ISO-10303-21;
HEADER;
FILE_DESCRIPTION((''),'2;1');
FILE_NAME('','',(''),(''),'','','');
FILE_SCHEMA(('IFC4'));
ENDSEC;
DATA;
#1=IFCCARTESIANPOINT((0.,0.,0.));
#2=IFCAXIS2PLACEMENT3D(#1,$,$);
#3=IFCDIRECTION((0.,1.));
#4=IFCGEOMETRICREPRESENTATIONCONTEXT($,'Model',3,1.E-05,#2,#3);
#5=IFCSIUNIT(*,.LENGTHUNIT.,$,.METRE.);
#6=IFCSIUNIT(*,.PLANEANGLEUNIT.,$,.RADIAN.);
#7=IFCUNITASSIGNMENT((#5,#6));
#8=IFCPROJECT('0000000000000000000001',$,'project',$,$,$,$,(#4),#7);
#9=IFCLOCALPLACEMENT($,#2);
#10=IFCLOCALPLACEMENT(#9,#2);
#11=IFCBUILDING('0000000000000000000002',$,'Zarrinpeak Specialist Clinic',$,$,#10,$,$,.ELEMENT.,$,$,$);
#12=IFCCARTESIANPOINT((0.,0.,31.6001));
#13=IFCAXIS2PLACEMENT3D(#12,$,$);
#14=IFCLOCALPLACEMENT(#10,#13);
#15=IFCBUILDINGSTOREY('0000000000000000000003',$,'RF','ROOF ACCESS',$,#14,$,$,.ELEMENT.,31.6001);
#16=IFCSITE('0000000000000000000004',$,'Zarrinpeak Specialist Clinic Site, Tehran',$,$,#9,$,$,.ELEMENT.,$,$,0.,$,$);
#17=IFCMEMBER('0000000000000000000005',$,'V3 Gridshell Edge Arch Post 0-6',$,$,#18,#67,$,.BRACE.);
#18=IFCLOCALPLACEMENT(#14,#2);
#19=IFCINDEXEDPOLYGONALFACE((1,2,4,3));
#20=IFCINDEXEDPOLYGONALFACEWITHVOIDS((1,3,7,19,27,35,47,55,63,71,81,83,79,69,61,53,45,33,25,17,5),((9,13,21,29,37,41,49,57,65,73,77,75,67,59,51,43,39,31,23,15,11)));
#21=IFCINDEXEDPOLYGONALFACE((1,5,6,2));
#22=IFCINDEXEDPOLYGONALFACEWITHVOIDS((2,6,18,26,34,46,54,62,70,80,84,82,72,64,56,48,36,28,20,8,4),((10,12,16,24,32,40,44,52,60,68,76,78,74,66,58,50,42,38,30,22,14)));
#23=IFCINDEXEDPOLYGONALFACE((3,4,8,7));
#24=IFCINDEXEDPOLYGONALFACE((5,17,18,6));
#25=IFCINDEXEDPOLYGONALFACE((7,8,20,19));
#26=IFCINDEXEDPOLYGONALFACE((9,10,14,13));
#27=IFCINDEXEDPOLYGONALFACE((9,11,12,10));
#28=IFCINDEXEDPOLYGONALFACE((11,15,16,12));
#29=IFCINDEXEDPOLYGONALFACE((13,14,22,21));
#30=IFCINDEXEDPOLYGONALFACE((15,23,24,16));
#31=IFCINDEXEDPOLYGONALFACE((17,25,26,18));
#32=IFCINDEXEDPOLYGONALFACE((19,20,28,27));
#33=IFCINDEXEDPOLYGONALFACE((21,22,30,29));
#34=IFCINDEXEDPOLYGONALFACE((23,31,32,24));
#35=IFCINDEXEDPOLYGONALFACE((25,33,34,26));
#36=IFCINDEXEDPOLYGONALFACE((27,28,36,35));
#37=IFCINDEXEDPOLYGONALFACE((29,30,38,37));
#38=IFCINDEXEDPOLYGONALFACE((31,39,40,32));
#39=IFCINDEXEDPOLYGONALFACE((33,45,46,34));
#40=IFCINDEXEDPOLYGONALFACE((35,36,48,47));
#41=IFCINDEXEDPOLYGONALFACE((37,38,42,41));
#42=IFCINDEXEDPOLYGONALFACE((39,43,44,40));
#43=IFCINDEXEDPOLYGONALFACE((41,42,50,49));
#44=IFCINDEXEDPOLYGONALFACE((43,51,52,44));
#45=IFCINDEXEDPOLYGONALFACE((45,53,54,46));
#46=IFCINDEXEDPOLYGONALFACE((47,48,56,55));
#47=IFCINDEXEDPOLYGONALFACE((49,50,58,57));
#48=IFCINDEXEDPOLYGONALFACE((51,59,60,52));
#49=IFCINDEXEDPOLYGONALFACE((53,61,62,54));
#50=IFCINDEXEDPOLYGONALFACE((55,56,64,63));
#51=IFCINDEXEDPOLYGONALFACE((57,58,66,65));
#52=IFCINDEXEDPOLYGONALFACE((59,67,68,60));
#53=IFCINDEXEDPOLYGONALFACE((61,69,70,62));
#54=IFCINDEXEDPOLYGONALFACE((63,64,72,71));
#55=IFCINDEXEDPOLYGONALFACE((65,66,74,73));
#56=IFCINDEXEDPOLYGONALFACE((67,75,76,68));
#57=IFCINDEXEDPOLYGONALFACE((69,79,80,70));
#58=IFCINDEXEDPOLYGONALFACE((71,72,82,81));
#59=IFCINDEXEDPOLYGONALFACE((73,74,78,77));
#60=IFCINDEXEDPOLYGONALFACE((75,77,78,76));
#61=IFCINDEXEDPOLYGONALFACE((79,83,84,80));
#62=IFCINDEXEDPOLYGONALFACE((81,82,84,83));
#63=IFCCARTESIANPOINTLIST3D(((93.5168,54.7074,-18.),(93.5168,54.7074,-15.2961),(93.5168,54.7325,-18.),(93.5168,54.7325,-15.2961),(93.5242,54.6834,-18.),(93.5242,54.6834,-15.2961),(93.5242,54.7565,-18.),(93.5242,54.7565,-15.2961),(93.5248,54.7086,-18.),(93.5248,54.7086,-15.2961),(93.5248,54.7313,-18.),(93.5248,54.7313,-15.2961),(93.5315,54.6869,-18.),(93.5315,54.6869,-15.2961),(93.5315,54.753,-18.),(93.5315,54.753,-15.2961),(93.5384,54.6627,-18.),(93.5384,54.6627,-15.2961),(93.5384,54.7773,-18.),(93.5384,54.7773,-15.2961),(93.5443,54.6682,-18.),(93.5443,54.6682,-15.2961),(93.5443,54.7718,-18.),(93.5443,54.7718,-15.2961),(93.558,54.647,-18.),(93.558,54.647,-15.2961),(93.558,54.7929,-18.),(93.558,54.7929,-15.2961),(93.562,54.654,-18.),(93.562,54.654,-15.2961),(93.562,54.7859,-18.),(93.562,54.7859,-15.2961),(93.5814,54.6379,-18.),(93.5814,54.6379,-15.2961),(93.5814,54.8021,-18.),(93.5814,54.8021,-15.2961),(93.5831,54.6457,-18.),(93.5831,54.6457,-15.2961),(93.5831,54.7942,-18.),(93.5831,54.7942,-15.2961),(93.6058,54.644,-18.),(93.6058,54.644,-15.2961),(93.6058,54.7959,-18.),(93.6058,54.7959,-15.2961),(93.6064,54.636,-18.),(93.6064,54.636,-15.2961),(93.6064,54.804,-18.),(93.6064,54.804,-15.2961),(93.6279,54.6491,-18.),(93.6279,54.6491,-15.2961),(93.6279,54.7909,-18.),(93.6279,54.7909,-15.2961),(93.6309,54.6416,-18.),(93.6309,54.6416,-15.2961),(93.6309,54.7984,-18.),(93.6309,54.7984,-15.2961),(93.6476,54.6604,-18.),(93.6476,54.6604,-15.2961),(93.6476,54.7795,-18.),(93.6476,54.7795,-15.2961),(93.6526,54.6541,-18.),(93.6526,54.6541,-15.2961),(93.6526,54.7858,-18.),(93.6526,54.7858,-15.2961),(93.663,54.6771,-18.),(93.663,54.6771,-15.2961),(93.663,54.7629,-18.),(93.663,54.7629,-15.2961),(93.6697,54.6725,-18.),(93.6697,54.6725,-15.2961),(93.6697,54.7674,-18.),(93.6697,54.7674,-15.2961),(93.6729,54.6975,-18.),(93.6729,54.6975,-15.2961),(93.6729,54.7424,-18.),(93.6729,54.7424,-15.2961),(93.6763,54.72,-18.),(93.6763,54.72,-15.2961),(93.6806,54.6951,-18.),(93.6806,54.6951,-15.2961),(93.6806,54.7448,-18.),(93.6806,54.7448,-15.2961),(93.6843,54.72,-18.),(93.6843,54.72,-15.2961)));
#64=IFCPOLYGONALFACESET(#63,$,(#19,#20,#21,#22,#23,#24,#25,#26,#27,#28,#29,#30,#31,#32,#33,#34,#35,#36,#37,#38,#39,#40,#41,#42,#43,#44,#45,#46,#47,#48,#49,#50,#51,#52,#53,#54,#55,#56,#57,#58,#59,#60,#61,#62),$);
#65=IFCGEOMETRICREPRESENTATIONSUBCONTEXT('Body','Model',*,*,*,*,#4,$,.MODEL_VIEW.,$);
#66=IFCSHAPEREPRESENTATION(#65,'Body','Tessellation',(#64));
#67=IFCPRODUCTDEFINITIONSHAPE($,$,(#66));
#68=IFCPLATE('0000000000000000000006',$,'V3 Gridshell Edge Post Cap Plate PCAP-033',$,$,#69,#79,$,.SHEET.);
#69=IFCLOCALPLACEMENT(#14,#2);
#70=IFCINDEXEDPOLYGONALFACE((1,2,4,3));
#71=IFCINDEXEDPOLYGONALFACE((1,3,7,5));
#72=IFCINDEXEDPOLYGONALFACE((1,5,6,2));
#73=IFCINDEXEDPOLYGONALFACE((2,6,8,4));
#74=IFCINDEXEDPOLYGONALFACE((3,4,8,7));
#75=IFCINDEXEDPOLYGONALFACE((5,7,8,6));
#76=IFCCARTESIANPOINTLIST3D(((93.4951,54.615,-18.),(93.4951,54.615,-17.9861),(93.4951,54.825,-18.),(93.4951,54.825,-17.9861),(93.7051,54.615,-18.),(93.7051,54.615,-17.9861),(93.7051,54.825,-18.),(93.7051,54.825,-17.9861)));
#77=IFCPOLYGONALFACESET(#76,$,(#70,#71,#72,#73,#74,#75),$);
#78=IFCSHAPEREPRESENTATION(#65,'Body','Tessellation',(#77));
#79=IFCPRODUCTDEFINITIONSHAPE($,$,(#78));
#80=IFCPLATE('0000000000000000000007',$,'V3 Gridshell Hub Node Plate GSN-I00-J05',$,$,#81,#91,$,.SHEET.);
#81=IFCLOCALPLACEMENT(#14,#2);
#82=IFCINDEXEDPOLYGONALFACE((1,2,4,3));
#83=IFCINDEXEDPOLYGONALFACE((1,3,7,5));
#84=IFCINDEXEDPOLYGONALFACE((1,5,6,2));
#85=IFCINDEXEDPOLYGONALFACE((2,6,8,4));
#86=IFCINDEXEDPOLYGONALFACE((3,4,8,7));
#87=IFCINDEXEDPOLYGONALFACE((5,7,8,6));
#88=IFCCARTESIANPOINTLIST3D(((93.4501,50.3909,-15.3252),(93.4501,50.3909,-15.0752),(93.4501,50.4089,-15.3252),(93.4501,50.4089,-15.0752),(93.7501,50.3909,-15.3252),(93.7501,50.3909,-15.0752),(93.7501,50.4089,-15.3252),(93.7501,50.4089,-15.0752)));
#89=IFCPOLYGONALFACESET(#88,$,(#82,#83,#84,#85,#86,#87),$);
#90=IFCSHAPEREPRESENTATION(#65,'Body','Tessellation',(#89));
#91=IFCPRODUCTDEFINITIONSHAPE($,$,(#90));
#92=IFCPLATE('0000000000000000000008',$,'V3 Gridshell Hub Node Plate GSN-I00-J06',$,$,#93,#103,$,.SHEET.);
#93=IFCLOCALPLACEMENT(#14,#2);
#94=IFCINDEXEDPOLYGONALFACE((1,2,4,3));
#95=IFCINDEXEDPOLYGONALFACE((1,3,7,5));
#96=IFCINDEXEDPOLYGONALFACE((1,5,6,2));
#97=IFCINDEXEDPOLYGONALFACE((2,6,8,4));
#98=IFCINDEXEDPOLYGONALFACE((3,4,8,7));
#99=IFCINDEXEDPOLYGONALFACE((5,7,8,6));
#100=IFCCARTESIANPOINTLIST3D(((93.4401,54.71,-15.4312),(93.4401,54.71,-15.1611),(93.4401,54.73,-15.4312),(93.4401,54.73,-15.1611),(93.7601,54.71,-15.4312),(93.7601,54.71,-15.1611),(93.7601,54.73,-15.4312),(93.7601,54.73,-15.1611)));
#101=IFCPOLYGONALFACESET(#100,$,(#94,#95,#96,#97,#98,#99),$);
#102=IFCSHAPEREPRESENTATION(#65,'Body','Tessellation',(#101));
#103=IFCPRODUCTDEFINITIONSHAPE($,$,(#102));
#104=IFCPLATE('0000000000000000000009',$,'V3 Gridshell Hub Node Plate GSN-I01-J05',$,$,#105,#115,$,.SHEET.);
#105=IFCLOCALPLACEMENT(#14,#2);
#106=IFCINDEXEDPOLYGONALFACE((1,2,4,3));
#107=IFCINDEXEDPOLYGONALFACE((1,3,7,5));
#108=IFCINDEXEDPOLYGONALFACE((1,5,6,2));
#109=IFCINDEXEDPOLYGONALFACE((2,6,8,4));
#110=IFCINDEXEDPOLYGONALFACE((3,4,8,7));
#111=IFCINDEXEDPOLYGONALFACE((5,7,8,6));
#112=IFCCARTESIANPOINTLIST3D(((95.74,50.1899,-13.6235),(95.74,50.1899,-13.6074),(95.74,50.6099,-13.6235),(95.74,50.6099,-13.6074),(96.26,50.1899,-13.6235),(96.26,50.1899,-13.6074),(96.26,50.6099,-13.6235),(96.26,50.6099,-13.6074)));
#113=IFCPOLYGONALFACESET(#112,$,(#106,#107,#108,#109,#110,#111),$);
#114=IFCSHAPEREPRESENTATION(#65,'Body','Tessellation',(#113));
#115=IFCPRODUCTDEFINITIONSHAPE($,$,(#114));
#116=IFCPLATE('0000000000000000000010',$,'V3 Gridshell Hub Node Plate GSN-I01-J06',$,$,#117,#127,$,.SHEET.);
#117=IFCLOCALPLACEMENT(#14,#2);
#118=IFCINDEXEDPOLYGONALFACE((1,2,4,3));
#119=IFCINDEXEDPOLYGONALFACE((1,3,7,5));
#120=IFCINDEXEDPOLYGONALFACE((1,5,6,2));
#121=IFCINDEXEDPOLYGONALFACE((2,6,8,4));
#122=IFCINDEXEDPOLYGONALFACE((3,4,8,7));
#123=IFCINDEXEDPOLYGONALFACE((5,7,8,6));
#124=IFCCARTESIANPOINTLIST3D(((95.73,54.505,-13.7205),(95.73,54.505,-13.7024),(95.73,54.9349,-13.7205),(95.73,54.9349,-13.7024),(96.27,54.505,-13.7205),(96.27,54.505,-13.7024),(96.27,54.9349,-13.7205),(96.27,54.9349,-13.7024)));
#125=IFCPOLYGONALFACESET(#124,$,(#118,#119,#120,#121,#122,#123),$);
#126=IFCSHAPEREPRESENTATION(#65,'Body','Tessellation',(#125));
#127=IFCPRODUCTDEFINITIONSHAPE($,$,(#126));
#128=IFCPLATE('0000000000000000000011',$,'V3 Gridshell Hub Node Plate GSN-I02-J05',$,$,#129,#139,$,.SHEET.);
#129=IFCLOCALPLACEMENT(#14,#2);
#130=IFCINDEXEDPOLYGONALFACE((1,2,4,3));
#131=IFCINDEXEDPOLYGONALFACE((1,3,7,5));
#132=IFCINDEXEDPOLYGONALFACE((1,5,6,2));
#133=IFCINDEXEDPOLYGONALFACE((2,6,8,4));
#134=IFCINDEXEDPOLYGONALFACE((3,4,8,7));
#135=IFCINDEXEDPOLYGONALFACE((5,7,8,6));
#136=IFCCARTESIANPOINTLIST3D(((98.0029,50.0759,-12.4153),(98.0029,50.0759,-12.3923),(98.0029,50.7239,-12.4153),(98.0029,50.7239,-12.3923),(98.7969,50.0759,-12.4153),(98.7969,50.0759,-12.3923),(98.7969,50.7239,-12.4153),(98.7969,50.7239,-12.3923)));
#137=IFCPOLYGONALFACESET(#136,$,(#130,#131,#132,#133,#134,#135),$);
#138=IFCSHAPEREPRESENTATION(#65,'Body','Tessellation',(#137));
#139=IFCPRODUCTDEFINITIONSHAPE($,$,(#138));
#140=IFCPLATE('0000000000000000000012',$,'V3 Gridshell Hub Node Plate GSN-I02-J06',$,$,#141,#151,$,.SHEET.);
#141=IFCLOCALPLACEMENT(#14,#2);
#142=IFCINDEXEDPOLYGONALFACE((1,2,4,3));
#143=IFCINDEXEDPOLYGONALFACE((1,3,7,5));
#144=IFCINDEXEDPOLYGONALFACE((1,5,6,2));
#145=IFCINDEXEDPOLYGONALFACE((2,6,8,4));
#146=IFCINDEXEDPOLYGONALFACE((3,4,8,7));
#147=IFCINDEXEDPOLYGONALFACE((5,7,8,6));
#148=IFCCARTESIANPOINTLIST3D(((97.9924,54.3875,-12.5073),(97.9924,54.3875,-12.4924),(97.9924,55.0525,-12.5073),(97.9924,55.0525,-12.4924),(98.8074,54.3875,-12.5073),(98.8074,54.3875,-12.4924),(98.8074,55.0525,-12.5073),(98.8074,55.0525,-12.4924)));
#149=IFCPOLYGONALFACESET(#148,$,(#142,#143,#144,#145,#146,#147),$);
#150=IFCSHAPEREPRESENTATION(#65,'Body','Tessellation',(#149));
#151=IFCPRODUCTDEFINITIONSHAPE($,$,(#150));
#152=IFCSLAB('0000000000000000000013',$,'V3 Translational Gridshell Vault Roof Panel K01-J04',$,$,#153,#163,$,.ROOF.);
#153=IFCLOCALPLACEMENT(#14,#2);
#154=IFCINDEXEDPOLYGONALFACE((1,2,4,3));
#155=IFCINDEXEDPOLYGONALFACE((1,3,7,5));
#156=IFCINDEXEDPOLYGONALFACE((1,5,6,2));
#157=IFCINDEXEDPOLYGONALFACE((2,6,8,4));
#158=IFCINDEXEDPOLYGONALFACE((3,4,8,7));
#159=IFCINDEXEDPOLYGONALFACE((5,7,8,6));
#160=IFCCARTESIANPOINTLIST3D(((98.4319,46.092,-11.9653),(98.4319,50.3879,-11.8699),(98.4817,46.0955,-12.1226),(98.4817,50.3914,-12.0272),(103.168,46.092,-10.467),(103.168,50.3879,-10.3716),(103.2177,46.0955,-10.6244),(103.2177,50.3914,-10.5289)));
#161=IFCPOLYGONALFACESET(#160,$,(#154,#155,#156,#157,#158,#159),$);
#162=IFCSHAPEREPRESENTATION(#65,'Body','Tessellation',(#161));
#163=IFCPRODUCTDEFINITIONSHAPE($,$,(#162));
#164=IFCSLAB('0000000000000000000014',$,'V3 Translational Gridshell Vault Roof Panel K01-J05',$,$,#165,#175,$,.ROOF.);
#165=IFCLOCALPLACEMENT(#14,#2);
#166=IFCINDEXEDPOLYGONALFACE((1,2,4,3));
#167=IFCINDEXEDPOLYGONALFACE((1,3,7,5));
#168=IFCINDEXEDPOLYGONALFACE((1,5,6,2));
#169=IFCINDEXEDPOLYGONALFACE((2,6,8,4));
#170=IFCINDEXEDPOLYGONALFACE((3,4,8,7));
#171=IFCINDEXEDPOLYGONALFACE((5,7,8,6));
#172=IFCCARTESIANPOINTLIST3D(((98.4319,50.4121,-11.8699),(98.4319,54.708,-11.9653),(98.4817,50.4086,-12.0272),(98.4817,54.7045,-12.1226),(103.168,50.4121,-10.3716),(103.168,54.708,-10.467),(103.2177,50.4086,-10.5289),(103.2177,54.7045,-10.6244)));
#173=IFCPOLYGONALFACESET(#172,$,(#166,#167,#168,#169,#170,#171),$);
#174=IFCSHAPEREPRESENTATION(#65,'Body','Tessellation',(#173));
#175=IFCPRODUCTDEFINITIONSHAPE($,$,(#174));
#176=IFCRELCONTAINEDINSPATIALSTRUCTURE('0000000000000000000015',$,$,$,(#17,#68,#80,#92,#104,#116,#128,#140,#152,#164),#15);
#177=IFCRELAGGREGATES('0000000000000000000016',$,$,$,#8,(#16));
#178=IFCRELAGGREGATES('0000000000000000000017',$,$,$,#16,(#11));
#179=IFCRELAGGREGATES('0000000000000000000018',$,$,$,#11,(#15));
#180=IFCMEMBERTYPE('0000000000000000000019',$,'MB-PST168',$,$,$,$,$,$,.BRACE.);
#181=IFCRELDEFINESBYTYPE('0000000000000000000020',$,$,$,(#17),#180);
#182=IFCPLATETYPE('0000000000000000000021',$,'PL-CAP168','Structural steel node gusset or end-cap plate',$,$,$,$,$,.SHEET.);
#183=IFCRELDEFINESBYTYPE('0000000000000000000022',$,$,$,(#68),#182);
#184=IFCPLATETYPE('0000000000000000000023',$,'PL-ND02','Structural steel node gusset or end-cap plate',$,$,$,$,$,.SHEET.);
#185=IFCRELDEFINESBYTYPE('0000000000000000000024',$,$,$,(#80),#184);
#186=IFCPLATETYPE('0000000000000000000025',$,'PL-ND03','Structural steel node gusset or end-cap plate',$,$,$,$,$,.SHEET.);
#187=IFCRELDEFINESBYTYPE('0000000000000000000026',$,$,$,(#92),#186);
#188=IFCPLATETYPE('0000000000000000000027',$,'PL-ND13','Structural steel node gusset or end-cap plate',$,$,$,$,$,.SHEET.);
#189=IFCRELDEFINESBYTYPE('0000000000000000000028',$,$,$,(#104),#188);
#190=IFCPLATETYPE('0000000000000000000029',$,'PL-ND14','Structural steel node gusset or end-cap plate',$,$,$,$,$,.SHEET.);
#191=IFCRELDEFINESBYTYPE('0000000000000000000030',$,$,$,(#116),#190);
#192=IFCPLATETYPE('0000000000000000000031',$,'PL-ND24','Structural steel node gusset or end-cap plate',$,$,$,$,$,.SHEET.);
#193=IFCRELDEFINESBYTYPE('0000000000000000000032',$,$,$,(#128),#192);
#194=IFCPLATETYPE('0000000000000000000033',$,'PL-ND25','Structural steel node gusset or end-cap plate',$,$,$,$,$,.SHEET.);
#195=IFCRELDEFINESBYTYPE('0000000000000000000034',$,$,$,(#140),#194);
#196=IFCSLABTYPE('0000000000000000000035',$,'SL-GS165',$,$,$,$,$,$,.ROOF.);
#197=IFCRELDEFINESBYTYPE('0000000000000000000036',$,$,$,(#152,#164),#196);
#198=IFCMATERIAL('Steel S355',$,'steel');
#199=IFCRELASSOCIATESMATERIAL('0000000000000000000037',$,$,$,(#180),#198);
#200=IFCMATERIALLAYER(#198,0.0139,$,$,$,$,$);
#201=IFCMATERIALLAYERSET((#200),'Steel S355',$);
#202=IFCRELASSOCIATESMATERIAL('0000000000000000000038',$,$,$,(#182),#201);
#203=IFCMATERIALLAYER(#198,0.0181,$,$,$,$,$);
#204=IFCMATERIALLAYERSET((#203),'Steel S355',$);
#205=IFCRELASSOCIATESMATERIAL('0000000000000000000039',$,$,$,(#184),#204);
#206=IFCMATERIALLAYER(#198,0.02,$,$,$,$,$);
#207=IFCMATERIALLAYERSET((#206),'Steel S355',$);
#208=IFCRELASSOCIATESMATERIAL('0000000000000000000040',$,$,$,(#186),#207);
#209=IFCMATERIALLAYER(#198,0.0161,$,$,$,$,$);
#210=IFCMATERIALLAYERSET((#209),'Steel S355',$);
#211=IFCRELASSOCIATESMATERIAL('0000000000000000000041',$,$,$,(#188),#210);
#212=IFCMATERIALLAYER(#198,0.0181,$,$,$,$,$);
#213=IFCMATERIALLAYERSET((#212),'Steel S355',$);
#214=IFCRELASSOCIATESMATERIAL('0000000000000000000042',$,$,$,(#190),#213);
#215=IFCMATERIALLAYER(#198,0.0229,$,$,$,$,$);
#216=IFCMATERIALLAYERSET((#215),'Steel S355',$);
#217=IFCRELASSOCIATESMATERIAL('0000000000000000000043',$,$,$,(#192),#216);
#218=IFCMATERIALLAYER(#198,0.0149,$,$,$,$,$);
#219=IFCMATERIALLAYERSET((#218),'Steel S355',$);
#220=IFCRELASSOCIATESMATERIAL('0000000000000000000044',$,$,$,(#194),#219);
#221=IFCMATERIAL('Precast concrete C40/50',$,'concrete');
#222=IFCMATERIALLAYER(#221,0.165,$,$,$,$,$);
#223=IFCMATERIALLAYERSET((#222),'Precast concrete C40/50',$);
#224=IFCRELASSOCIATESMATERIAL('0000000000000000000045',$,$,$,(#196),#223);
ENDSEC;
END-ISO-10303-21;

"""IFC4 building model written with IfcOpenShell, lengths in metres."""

from ifc_helpers import new_model, si_unit, direction, frame, origin, origin_2d, place, context, subcontext, project, spatial, polyline, rectangle, hollow_circle, outline, extrude, material, layer, layer_set, material_profile, profile_set, type_object, element, save


model = new_model("IFC4")

# Units and contexts
model_context = context("Model", 3, precision=1e-05, world=origin(), true_north=direction((0.0, 1.0)))
body_context = subcontext(model_context, "Body", "Model", "MODEL_VIEW")
ifc_project = project(units=[si_unit("LENGTHUNIT", "METRE"), si_unit("PLANEANGLEUNIT", "RADIAN")], contexts=[model_context])

# Site, building, storey
site_placement = place(None, origin())
site = spatial("IfcSite", under=ifc_project, at=site_placement, Name="Zarrinpeak Specialist Clinic Site, Tehran", CompositionType="ELEMENT", RefElevation=0.0)
building_placement = place(site_placement, origin())
building = spatial("IfcBuilding", under=site, at=building_placement, Name="Zarrinpeak Specialist Clinic", CompositionType="ELEMENT")
storey_placement = place(building_placement, frame((0.0, 0.0, 31.6001)))
storey = spatial("IfcBuildingStorey", under=building, at=storey_placement, Name="RF", Description="ROOF ACCESS", CompositionType="ELEMENT", Elevation=31.6001)

# Member
ifc_material_1 = material(Name="Steel S355", Category="steel")
ifc_material_profile_1 = material_profile(ifc_material_1, hollow_circle(Radius=0.0842, WallThickness=0.0081, at=origin_2d()), Name="CHS 168.3x8.0")
ifc_profile_set_1 = profile_set([ifc_material_profile_1], Name="Steel S355")
member_type_1 = type_object("IfcMemberType", Name="MB-PST168", PredefinedType="BRACE", material=ifc_profile_set_1)
member_1_placement = place(storey_placement, frame((93.6001, 54.72, -18.0), z_axis=(0.0, 0.0, 1.0), x_axis=(1.0, 0.0, 0.0)))
element("IfcMember", 1, at=member_1_placement, inside=storey, type_object=member_type_1, Name="V3 Gridshell Edge Arch Post 0-6", PredefinedType="BRACE", context=body_context, shape_type="SweptSolid", body=[
    extrude(hollow_circle(Radius=0.0842, WallThickness=0.0081, at=origin_2d()), origin(), (0.0, 0.0, 1.0), 2.7039),
])

# Plates
ifc_layer_1 = layer(ifc_material_1, 0.0139)
ifc_layer_set_1 = layer_set([ifc_layer_1], Name="Steel S355")
plate_type_1 = type_object("IfcPlateType", Name="PL-CAP168", Description="Structural steel node gusset or end-cap plate", PredefinedType="SHEET", material=ifc_layer_set_1)
plate_1_placement = place(storey_placement, frame((93.6001, 54.72, -18.0), z_axis=(0.0, 0.0, 1.0), x_axis=(1.0, 0.0, 0.0)))
element("IfcPlate", 2, at=plate_1_placement, inside=storey, type_object=plate_type_1, Name="V3 Gridshell Edge Post Cap Plate PCAP-033", PredefinedType="SHEET", context=body_context, shape_type="SweptSolid", body=[
    extrude(rectangle(XDim=0.21, YDim=0.21, at=origin_2d()), origin(), (0.0, 0.0, 1.0), 0.0139),
])
ifc_layer_2 = layer(ifc_material_1, 0.0181)
ifc_layer_set_2 = layer_set([ifc_layer_2], Name="Steel S355")
plate_type_2 = type_object("IfcPlateType", Name="PL-ND02", Description="Structural steel node gusset or end-cap plate", PredefinedType="SHEET", material=ifc_layer_set_2)
plate_2_placement = place(storey_placement, frame((93.6001, 50.3999, -15.3252), z_axis=(0.0, 0.0, 1.0), x_axis=(1.0, 0.0, 0.0)))
element("IfcPlate", 3, at=plate_2_placement, inside=storey, type_object=plate_type_2, Name="V3 Gridshell Hub Node Plate GSN-I00-J05", PredefinedType="SHEET", context=body_context, shape_type="SweptSolid", body=[
    extrude(rectangle(XDim=0.3, YDim=0.0181, at=origin_2d()), origin(), (0.0, 0.0, 1.0), 0.25),
])
ifc_layer_3 = layer(ifc_material_1, 0.02)
ifc_layer_set_3 = layer_set([ifc_layer_3], Name="Steel S355")
plate_type_3 = type_object("IfcPlateType", Name="PL-ND03", Description="Structural steel node gusset or end-cap plate", PredefinedType="SHEET", material=ifc_layer_set_3)
plate_3_placement = place(storey_placement, frame((93.6001, 54.72, -15.4312), z_axis=(0.0, 0.0, 1.0), x_axis=(1.0, 0.0, 0.0)))
element("IfcPlate", 4, at=plate_3_placement, inside=storey, type_object=plate_type_3, Name="V3 Gridshell Hub Node Plate GSN-I00-J06", PredefinedType="SHEET", context=body_context, shape_type="SweptSolid", body=[
    extrude(rectangle(XDim=0.3201, YDim=0.02, at=origin_2d()), origin(), (0.0, 0.0, 1.0), 0.27),
])
ifc_layer_4 = layer(ifc_material_1, 0.0161)
ifc_layer_set_4 = layer_set([ifc_layer_4], Name="Steel S355")
plate_type_4 = type_object("IfcPlateType", Name="PL-ND13", Description="Structural steel node gusset or end-cap plate", PredefinedType="SHEET", material=ifc_layer_set_4)
plate_4_placement = place(storey_placement, frame((96.0, 50.3999, -13.6235), z_axis=(0.0, 0.0, 1.0), x_axis=(1.0, 0.0, 0.0)))
element("IfcPlate", 5, at=plate_4_placement, inside=storey, type_object=plate_type_4, Name="V3 Gridshell Hub Node Plate GSN-I01-J05", PredefinedType="SHEET", context=body_context, shape_type="SweptSolid", body=[
    extrude(rectangle(XDim=0.52, YDim=0.4199, at=origin_2d()), origin(), (0.0, 0.0, 1.0), 0.0161),
])
ifc_layer_5 = layer(ifc_material_1, 0.0181)
ifc_layer_set_5 = layer_set([ifc_layer_5], Name="Steel S355")
plate_type_5 = type_object("IfcPlateType", Name="PL-ND14", Description="Structural steel node gusset or end-cap plate", PredefinedType="SHEET", material=ifc_layer_set_5)
plate_5_placement = place(storey_placement, frame((96.0, 54.72, -13.7205), z_axis=(0.0, 0.0, 1.0), x_axis=(1.0, 0.0, 0.0)))
element("IfcPlate", 6, at=plate_5_placement, inside=storey, type_object=plate_type_5, Name="V3 Gridshell Hub Node Plate GSN-I01-J06", PredefinedType="SHEET", context=body_context, shape_type="SweptSolid", body=[
    extrude(rectangle(XDim=0.54, YDim=0.4299, at=origin_2d()), origin(), (0.0, 0.0, 1.0), 0.0181),
])
ifc_layer_6 = layer(ifc_material_1, 0.0229)
ifc_layer_set_6 = layer_set([ifc_layer_6], Name="Steel S355")
plate_type_6 = type_object("IfcPlateType", Name="PL-ND24", Description="Structural steel node gusset or end-cap plate", PredefinedType="SHEET", material=ifc_layer_set_6)
plate_6_placement = place(storey_placement, frame((98.3999, 50.3999, -12.4153), z_axis=(0.0, 0.0, 1.0), x_axis=(1.0, 0.0, 0.0)))
element("IfcPlate", 7, at=plate_6_placement, inside=storey, type_object=plate_type_6, Name="V3 Gridshell Hub Node Plate GSN-I02-J05", PredefinedType="SHEET", context=body_context, shape_type="SweptSolid", body=[
    extrude(rectangle(XDim=0.7939, YDim=0.6479, at=origin_2d()), origin(), (0.0, 0.0, 1.0), 0.0229),
])
ifc_layer_7 = layer(ifc_material_1, 0.0149)
ifc_layer_set_7 = layer_set([ifc_layer_7], Name="Steel S355")
plate_type_7 = type_object("IfcPlateType", Name="PL-ND25", Description="Structural steel node gusset or end-cap plate", PredefinedType="SHEET", material=ifc_layer_set_7)
plate_7_placement = place(storey_placement, frame((98.3999, 54.72, -12.5073), z_axis=(0.0, 0.0, 1.0), x_axis=(1.0, 0.0, 0.0)))
element("IfcPlate", 8, at=plate_7_placement, inside=storey, type_object=plate_type_7, Name="V3 Gridshell Hub Node Plate GSN-I02-J06", PredefinedType="SHEET", context=body_context, shape_type="SweptSolid", body=[
    extrude(rectangle(XDim=0.8149, YDim=0.665, at=origin_2d()), origin(), (0.0, 0.0, 1.0), 0.0149),
])

# Slabs
ifc_material_2 = material(Name="Precast concrete C40/50", Category="concrete")
ifc_layer_8 = layer(ifc_material_2, 0.165)
ifc_layer_set_8 = layer_set([ifc_layer_8], Name="Precast concrete C40/50")
slab_type_1 = type_object("IfcSlabType", Name="SL-GS165", PredefinedType="ROOF", material=ifc_layer_set_8)
slab_1_placement = place(storey_placement, frame((98.4319, 46.092, -11.9653), z_axis=(-0.301555, -0.021181, 0.953213), x_axis=(0.953427, 0.0, 0.301623)))
element("IfcSlab", 9, at=slab_1_placement, inside=storey, type_object=slab_type_1, Name="V3 Translational Gridshell Vault Roof Panel K01-J04", PredefinedType="ROOF", context=body_context, shape_type="SweptSolid", body=[
    extrude(outline(polyline([(0.0, 0.0), (4.9674, 0.0), (4.9962, 4.2969), (0.0288, 4.2969), (0.0, 0.0)])), origin(), (0.0, 0.0, -1.0), 0.165),
])
slab_2_placement = place(storey_placement, frame((98.4319, 50.4121, -11.8699), z_axis=(-0.301555, 0.021181, 0.953213), x_axis=(0.953427, 0.0, 0.301623)))
element("IfcSlab", 10, at=slab_2_placement, inside=storey, type_object=slab_type_1, Name="V3 Translational Gridshell Vault Roof Panel K01-J05", PredefinedType="ROOF", context=body_context, shape_type="SweptSolid", body=[
    extrude(outline(polyline([(0.0, 0.0), (4.9674, 0.0), (4.9386, 4.2969), (-0.0288, 4.2969), (0.0, 0.0)])), origin(), (0.0, 0.0, -1.0), 0.165),
])

save(model, "model.ifc")
